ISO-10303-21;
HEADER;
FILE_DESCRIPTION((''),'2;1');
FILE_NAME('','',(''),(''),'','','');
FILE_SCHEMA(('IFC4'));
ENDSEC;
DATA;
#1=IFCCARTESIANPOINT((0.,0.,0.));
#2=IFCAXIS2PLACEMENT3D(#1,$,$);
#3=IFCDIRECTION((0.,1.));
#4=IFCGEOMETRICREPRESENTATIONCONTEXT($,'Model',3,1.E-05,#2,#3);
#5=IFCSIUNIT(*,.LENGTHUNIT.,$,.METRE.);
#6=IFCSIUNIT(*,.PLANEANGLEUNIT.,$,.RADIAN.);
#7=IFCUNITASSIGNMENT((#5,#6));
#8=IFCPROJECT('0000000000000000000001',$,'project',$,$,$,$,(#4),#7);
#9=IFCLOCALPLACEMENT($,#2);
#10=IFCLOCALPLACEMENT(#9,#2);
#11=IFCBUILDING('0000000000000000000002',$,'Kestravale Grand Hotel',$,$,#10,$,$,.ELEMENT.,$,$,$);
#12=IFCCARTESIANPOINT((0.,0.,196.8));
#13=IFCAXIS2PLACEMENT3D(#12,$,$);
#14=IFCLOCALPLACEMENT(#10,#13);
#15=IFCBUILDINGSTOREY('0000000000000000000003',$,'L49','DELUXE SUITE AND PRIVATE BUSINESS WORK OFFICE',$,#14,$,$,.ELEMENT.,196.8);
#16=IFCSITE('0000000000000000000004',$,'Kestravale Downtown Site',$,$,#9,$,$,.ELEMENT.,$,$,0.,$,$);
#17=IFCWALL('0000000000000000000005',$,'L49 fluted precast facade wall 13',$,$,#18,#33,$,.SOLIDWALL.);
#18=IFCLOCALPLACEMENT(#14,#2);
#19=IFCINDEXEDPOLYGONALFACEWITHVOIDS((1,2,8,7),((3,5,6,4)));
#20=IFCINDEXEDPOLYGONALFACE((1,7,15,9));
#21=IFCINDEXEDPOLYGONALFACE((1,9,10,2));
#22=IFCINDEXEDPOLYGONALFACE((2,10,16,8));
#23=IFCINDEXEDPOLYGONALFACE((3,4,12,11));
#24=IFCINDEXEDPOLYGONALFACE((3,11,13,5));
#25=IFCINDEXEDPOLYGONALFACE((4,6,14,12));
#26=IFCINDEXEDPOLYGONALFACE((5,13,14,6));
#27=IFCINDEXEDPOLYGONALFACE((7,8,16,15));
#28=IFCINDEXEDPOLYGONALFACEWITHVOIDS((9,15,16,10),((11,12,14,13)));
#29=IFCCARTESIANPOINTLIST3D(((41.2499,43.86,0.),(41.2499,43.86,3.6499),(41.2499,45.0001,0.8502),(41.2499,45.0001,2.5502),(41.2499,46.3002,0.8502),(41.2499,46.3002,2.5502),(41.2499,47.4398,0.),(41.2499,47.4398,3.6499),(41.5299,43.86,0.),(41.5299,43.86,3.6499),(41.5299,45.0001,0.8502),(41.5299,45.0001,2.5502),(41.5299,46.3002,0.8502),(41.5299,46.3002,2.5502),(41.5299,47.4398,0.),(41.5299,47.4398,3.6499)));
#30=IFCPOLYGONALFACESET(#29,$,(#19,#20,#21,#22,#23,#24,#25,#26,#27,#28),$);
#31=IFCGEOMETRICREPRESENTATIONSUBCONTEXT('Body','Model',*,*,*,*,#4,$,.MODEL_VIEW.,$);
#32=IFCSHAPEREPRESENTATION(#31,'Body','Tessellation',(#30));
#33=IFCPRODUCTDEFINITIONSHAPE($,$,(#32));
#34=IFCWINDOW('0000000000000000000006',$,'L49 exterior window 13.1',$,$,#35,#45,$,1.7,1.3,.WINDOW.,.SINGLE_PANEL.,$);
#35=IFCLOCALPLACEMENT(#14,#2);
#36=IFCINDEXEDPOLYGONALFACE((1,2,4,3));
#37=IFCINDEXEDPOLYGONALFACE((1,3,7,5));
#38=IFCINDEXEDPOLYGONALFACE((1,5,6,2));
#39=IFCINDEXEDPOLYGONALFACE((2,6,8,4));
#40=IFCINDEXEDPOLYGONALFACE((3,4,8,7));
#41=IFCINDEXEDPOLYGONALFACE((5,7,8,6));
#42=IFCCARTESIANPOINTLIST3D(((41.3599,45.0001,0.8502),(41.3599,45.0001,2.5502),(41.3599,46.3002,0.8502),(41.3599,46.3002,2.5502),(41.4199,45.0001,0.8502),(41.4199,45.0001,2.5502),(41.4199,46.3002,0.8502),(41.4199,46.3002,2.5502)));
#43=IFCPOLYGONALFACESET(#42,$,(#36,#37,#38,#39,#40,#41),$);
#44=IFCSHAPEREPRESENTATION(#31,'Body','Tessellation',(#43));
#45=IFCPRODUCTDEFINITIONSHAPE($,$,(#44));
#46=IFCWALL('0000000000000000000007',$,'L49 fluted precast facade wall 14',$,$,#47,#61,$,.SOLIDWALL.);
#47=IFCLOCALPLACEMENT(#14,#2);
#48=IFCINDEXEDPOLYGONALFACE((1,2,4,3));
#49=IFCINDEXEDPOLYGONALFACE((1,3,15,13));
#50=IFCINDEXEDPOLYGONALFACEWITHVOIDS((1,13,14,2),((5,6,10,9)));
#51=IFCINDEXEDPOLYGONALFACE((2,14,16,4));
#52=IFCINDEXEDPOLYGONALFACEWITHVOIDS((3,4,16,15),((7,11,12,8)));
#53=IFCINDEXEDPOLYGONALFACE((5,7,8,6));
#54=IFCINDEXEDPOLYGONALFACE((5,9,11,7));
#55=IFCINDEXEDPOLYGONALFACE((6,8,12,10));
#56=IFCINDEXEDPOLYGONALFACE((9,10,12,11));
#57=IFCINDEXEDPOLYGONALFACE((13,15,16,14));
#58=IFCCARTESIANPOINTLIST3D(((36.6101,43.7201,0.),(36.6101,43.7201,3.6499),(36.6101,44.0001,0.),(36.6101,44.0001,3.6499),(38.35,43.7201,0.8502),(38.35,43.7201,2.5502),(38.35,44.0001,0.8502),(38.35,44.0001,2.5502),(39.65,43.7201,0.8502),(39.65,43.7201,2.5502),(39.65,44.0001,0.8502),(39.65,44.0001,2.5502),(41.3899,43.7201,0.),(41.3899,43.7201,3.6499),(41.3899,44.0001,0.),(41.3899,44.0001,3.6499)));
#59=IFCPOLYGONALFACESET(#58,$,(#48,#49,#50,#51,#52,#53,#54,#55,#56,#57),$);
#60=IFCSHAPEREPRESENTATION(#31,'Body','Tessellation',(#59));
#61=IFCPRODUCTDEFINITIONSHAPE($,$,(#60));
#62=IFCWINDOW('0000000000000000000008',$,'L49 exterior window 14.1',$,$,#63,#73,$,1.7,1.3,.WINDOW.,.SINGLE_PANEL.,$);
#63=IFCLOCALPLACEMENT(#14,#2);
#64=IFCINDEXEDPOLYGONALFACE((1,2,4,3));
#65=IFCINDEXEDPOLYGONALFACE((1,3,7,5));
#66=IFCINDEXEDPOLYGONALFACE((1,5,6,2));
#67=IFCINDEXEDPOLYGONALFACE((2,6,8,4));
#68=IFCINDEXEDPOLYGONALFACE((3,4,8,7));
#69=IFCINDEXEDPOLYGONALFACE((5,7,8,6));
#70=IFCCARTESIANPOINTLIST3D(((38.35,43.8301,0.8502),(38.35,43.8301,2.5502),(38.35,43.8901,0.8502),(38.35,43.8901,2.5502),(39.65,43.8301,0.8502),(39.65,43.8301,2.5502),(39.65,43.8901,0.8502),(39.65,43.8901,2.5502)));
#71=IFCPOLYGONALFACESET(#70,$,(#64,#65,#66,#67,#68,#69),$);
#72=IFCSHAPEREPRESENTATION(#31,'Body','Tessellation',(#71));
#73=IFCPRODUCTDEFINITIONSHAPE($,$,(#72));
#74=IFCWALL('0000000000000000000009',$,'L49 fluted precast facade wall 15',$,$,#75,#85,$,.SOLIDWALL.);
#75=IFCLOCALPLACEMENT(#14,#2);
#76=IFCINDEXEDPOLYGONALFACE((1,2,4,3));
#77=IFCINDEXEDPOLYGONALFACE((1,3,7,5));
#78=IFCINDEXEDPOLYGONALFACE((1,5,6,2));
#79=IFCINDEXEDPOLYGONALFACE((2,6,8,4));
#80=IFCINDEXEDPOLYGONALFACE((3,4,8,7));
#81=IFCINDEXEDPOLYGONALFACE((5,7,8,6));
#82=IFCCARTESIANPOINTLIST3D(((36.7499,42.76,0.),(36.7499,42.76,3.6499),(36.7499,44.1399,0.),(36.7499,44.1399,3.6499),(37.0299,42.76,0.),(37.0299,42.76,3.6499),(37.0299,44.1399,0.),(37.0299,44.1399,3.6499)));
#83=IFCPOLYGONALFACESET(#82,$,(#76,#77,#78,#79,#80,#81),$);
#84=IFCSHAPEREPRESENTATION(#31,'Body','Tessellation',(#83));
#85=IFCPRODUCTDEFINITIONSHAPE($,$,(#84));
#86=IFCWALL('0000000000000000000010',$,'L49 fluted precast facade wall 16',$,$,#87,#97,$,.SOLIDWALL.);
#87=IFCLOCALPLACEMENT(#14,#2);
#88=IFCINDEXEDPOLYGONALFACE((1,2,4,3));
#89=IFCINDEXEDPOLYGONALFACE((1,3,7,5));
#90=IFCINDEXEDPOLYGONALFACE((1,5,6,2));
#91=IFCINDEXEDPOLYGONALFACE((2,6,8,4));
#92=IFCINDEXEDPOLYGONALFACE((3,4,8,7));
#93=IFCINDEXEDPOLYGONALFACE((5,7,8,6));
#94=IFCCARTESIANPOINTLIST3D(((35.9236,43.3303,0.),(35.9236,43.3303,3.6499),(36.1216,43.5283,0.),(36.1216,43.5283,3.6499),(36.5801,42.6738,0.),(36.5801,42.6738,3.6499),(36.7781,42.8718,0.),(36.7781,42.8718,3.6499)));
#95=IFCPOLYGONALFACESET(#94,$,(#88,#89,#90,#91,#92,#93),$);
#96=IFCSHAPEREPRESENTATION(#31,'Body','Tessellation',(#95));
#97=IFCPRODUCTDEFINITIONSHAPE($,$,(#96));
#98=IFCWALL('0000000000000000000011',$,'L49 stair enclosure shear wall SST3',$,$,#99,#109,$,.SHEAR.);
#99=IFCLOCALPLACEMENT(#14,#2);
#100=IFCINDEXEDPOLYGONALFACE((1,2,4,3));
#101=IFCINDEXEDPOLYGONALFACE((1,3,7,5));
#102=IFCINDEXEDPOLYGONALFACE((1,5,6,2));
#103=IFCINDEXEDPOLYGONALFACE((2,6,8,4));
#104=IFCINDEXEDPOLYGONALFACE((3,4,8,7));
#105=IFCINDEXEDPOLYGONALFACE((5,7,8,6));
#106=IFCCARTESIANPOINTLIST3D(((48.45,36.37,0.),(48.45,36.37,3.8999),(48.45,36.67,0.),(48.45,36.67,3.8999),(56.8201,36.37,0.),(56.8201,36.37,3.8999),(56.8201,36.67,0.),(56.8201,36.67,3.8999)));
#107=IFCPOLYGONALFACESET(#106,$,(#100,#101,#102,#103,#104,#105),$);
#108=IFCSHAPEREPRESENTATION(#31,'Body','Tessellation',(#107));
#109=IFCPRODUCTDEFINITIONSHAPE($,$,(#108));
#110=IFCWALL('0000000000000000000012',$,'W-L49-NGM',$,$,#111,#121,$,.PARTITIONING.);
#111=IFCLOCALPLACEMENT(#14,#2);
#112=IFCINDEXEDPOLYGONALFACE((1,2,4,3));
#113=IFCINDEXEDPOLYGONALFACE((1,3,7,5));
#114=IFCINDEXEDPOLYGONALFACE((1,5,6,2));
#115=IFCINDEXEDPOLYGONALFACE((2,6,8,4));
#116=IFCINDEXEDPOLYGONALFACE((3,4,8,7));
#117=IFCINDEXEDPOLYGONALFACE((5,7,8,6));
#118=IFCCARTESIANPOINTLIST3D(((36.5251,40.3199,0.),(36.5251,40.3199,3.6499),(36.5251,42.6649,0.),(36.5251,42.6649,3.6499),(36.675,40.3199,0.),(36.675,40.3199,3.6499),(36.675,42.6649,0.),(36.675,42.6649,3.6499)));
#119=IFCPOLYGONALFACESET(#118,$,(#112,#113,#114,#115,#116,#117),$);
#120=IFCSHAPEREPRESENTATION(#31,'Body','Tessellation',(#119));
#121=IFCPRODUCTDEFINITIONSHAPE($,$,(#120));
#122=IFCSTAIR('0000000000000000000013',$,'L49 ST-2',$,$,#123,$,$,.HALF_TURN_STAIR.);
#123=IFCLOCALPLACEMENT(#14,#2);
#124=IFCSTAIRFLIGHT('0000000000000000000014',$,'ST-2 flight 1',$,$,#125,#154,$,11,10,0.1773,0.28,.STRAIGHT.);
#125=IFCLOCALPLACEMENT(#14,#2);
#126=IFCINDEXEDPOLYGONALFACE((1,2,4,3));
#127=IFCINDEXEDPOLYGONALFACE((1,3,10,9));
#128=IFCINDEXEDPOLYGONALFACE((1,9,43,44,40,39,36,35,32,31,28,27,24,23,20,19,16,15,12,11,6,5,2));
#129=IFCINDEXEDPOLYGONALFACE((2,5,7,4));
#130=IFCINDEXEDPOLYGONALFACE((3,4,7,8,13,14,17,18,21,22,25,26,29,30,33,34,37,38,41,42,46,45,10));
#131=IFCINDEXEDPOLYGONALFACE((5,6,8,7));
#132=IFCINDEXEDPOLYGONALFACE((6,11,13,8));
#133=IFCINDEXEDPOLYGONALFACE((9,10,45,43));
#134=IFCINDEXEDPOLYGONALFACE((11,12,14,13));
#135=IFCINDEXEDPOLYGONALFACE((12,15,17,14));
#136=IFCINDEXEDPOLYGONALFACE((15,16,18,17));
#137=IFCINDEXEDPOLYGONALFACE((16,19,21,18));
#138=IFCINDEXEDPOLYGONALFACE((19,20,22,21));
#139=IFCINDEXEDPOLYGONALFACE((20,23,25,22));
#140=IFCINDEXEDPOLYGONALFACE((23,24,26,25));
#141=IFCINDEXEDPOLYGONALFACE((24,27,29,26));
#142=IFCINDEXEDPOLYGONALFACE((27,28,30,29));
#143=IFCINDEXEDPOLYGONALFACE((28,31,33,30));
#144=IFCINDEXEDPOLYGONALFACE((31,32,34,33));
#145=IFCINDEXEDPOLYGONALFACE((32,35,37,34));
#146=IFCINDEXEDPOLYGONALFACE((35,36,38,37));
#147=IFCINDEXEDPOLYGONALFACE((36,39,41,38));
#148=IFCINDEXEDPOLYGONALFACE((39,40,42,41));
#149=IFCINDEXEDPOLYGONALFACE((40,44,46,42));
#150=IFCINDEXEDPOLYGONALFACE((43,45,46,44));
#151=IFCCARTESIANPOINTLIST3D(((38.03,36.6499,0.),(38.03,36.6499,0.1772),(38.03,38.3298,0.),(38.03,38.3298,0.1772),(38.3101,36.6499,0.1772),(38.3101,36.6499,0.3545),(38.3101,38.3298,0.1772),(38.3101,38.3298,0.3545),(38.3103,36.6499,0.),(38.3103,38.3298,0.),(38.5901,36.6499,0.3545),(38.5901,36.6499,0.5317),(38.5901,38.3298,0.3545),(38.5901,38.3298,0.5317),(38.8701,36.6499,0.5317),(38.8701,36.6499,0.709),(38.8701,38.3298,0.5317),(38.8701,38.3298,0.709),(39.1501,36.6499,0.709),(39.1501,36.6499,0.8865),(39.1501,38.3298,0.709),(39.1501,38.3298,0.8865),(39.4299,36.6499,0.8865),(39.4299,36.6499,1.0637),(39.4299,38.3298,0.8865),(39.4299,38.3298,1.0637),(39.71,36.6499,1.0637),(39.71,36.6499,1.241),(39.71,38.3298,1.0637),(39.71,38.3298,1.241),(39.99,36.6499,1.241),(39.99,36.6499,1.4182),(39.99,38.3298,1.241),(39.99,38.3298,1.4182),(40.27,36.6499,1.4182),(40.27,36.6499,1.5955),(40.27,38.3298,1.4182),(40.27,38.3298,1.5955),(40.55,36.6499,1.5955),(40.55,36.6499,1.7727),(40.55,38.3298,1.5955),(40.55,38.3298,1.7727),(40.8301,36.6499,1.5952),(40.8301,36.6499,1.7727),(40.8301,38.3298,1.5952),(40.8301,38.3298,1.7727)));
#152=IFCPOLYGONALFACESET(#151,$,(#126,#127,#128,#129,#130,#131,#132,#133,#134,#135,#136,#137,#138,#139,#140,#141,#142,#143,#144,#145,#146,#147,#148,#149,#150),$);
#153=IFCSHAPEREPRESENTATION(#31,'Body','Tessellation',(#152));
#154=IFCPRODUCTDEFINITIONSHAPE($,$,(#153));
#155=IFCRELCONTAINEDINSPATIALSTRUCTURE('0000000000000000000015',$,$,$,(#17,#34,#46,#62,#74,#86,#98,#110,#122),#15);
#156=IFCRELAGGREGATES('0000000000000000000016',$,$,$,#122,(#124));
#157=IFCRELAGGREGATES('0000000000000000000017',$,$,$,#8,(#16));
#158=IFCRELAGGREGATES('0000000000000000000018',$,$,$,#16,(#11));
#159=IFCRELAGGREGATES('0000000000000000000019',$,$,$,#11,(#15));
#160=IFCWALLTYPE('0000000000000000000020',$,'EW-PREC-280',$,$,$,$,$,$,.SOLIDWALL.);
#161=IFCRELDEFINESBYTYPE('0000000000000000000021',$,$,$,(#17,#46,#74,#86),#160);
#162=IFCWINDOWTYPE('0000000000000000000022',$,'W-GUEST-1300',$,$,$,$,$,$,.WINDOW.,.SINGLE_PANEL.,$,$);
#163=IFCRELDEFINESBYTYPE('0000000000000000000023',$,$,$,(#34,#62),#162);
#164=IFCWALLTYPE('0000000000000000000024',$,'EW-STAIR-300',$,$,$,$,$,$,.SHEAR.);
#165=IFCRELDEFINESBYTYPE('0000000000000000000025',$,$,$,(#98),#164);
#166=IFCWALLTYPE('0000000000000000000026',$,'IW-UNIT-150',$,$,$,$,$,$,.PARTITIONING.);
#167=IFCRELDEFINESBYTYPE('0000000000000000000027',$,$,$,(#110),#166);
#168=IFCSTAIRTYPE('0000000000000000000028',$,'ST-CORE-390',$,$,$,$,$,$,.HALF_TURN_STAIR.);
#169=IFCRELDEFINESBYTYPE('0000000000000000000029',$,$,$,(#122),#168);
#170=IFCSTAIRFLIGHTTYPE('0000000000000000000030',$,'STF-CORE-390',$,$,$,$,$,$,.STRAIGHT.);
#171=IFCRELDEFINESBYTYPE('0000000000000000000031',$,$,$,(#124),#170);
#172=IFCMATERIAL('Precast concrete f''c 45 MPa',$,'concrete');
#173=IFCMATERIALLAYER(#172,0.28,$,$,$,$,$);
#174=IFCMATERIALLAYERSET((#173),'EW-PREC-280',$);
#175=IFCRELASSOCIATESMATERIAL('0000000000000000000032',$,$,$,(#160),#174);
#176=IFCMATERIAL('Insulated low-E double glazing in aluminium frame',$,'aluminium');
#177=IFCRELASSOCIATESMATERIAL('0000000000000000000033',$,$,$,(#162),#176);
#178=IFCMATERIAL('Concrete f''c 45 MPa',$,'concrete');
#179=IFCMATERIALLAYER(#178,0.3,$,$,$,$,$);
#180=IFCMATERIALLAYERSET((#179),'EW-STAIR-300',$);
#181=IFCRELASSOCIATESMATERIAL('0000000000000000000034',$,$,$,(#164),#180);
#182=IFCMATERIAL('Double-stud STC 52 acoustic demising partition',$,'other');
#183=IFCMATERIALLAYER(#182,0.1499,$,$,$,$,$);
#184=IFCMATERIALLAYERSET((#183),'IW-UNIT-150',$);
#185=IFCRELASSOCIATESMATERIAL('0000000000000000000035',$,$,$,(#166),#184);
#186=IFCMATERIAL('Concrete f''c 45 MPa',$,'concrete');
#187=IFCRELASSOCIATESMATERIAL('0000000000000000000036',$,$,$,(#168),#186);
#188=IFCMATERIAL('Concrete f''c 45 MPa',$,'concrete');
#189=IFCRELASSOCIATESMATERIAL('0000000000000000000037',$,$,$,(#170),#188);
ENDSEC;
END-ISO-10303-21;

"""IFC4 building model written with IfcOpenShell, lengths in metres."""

from ifc_helpers import new_model, si_unit, direction, frame, frame_2d, origin, place, context, subcontext, project, spatial, polyline, rectangle, outline, extrude, material, layer, layer_set, type_object, element, fill, aggregate, save


model = new_model("IFC4")

# Units and contexts
model_context = context("Model", 3, precision=1e-05, world=origin(), true_north=direction((0.0, 1.0)))
body_context = subcontext(model_context, "Body", "Model", "MODEL_VIEW")
ifc_project = project(units=[si_unit("LENGTHUNIT", "METRE"), si_unit("PLANEANGLEUNIT", "RADIAN")], contexts=[model_context])

# Site, building, storey
site_placement = place(None, origin())
site = spatial("IfcSite", under=ifc_project, at=site_placement, Name="Kestravale Downtown Site", CompositionType="ELEMENT", RefElevation=0.0)
building_placement = place(site_placement, origin())
building = spatial("IfcBuilding", under=site, at=building_placement, Name="Kestravale Grand Hotel", CompositionType="ELEMENT")
storey_placement = place(building_placement, frame((0.0, 0.0, 196.8)))
storey = spatial("IfcBuildingStorey", under=building, at=storey_placement, Name="L49", Description="DELUXE SUITE AND PRIVATE BUSINESS WORK OFFICE", CompositionType="ELEMENT", Elevation=196.8)

# Shared definitions
ifc_material_1 = material(Name="Precast concrete f'c 45 MPa", Category="concrete")
ifc_layer_1 = layer(ifc_material_1, 0.28)
ifc_layer_set_1 = layer_set([ifc_layer_1], Name="EW-PREC-280")
wall_type_1 = type_object("IfcWallType", Name="EW-PREC-280", PredefinedType="SOLIDWALL", material=ifc_layer_set_1)

# Walls, openings, windows
wall_1_placement = place(storey_placement, frame((41.3899, 47.4399, 0.0), z_axis=(0.0, 0.0, 1.0), x_axis=(0.0, -1.0, 0.0)))
wall_1 = element("IfcWall", 1, at=wall_1_placement, inside=storey, type_object=wall_type_1, Name="L49 fluted precast facade wall 13", PredefinedType="SOLIDWALL", context=body_context, shape_type="SweptSolid", body=[
    extrude(rectangle(XDim=3.5798, YDim=0.28, at=frame_2d((1.79, 0.0))), origin(), (0.0, 0.0, 1.0), 3.6499),
])
opening_1_placement = place(wall_1_placement, frame((1.1399, 0.0, 0.8501)))
opening_1 = element("IfcOpeningElement", 2, at=opening_1_placement, cuts=wall_1, PredefinedType="OPENING", context=body_context, shape_type="SweptSolid", body=[
    extrude(rectangle(XDim=1.3, YDim=1.7, at=frame_2d((0.6499, 0.8501))), frame((0.0, 0.1499, 0.0), z_axis=(0.0, -1.0, 0.0), x_axis=(1.0, 0.0, 0.0)), (0.0, 0.0, 1.0), 0.3),
])
ifc_material_2 = material(Name="Insulated low-E double glazing in aluminium frame", Category="aluminium")
window_type = type_object("IfcWindowType", Name="W-GUEST-1300", PartitioningType="SINGLE_PANEL", PredefinedType="WINDOW", material=ifc_material_2)
window_1_placement = place(opening_1_placement, origin())
window_1 = element("IfcWindow", 3, at=window_1_placement, inside=storey, type_object=window_type, Name="L49 exterior window 13.1", OverallHeight=1.7, OverallWidth=1.3, PartitioningType="SINGLE_PANEL", PredefinedType="WINDOW", context=body_context, shape_type="SweptSolid", body=[
    extrude(rectangle(XDim=1.3, YDim=1.7, at=frame_2d((0.6499, 0.8501))), frame((0.0, 0.03, 0.0), z_axis=(0.0, -1.0, 0.0), x_axis=(1.0, 0.0, 0.0)), (0.0, 0.0, 1.0), 0.0601),
])
fill(opening_1, window_1)
wall_2_placement = place(storey_placement, frame((41.3899, 43.8601, 0.0), z_axis=(0.0, 0.0, 1.0), x_axis=(-1.0, 0.0, 0.0)))
wall_2 = element("IfcWall", 4, at=wall_2_placement, inside=storey, type_object=wall_type_1, Name="L49 fluted precast facade wall 14", PredefinedType="SOLIDWALL", context=body_context, shape_type="SweptSolid", body=[
    extrude(rectangle(XDim=4.7798, YDim=0.28, at=frame_2d((2.3899, 0.0))), origin(), (0.0, 0.0, 1.0), 3.6499),
])
opening_2_placement = place(wall_2_placement, frame((1.74, 0.0, 0.8501)))
opening_2 = element("IfcOpeningElement", 5, at=opening_2_placement, cuts=wall_2, PredefinedType="OPENING", context=body_context, shape_type="SweptSolid", body=[
    extrude(rectangle(XDim=1.3, YDim=1.7, at=frame_2d((0.6499, 0.8501))), frame((0.0, 0.1499, 0.0), z_axis=(0.0, -1.0, 0.0), x_axis=(1.0, 0.0, 0.0)), (0.0, 0.0, 1.0), 0.3),
])
window_2_placement = place(opening_2_placement, origin())
window_2 = element("IfcWindow", 6, at=window_2_placement, inside=storey, type_object=window_type, Name="L49 exterior window 14.1", OverallHeight=1.7, OverallWidth=1.3, PartitioningType="SINGLE_PANEL", PredefinedType="WINDOW", context=body_context, shape_type="SweptSolid", body=[
    extrude(rectangle(XDim=1.3, YDim=1.7, at=frame_2d((0.6499, 0.8501))), frame((0.0, 0.03, 0.0), z_axis=(0.0, -1.0, 0.0), x_axis=(1.0, 0.0, 0.0)), (0.0, 0.0, 1.0), 0.0601),
])
fill(opening_2, window_2)

# Walls
wall_3_placement = place(storey_placement, frame((36.8899, 44.1399, 0.0), z_axis=(0.0, 0.0, 1.0), x_axis=(0.0, -1.0, 0.0)))
element("IfcWall", 7, at=wall_3_placement, inside=storey, type_object=wall_type_1, Name="L49 fluted precast facade wall 15", PredefinedType="SOLIDWALL", context=body_context, shape_type="SweptSolid", body=[
    extrude(rectangle(XDim=1.3799, YDim=0.28, at=frame_2d((0.6899, 0.0))), origin(), (0.0, 0.0, 1.0), 3.6499),
])
wall_4_placement = place(storey_placement, frame((36.6792, 42.7727, 0.0), z_axis=(0.0, 0.0, 1.0), x_axis=(-0.707107, 0.707107, 0.0)))
element("IfcWall", 8, at=wall_4_placement, inside=storey, type_object=wall_type_1, Name="L49 fluted precast facade wall 16", PredefinedType="SOLIDWALL", context=body_context, shape_type="SweptSolid", body=[
    extrude(rectangle(XDim=0.9285, YDim=0.28, at=frame_2d((0.4644, 0.0))), origin(), (0.0, 0.0, 1.0), 3.6499),
])
ifc_material_3 = material(Name="Concrete f'c 45 MPa", Category="concrete")
ifc_layer_2 = layer(ifc_material_3, 0.3)
ifc_layer_set_2 = layer_set([ifc_layer_2], Name="EW-STAIR-300")
wall_type_2 = type_object("IfcWallType", Name="EW-STAIR-300", PredefinedType="SHEAR", material=ifc_layer_set_2)
wall_5_placement = place(storey_placement, frame((48.45, 36.52, 0.0), z_axis=(0.0, 0.0, 1.0), x_axis=(1.0, 0.0, 0.0)))
element("IfcWall", 9, at=wall_5_placement, inside=storey, type_object=wall_type_2, Name="L49 stair enclosure shear wall SST3", PredefinedType="SHEAR", context=body_context, shape_type="SweptSolid", body=[
    extrude(rectangle(XDim=8.3701, YDim=0.3, at=frame_2d((4.1851, 0.0))), origin(), (0.0, 0.0, 1.0), 3.8999),
])
ifc_material_4 = material(Name="Double-stud STC 52 acoustic demising partition", Category="other")
ifc_layer_3 = layer(ifc_material_4, 0.1499)
ifc_layer_set_3 = layer_set([ifc_layer_3], Name="IW-UNIT-150")
wall_type_3 = type_object("IfcWallType", Name="IW-UNIT-150", PredefinedType="PARTITIONING", material=ifc_layer_set_3)
wall_6_placement = place(storey_placement, frame((36.6001, 40.3201, 0.0), z_axis=(0.0, 0.0, 1.0), x_axis=(0.0, 1.0, 0.0)))
element("IfcWall", 10, at=wall_6_placement, inside=storey, type_object=wall_type_3, Name="W-L49-NGM", PredefinedType="PARTITIONING", context=body_context, shape_type="SweptSolid", body=[
    extrude(rectangle(XDim=2.345, YDim=0.1499, at=frame_2d((1.1724, 0.0))), origin(), (0.0, 0.0, 1.0), 3.6499),
])

# Stair, stair flight
ifc_material_5 = material(Name="Concrete f'c 45 MPa", Category="concrete")
stair_type = type_object("IfcStairType", Name="ST-CORE-390", PredefinedType="HALF_TURN_STAIR", material=ifc_material_5)
stair_placement = place(storey_placement, origin())
stair = element("IfcStair", 11, at=stair_placement, inside=storey, type_object=stair_type, Name="L49 ST-2", PredefinedType="HALF_TURN_STAIR")
ifc_material_6 = material(Name="Concrete f'c 45 MPa", Category="concrete")
stair_flight_type = type_object("IfcStairFlightType", Name="STF-CORE-390", PredefinedType="STRAIGHT", material=ifc_material_6)
stair_flight_1_placement = place(storey_placement, frame((38.03, 37.49, 0.0), z_axis=(0.0, 0.0, 1.0), x_axis=(1.0, 0.0, 0.0)))
stair_flight_1 = element("IfcStairFlight", 12, at=stair_flight_1_placement, type_object=stair_flight_type, Name="ST-2 flight 1", NumberOfRisers=11, NumberOfTreads=10, PredefinedType="STRAIGHT", RiserHeight=0.1773, TreadLength=0.28, context=body_context, shape_type="SweptSolid", body=[
    extrude(outline(polyline([(0.0, 0.0), (0.0, 0.1772), (0.28, 0.1772), (0.28, 0.3545), (0.5601, 0.3545), (0.5601, 0.5317), (0.8401, 0.5317), (0.8401, 0.709), (1.1201, 0.709), (1.1201, 0.8865), (1.3999, 0.8865), (1.3999, 1.0637), (1.6799, 1.0637), (1.6799, 1.241), (1.96, 1.241), (1.96, 1.4182), (2.24, 1.4182), (2.24, 1.5955), (2.52, 1.5955), (2.52, 1.7727), (2.8, 1.7727), (2.8, 1.95), (2.8, 1.5952), (0.2803, 0.0), (0.0, 0.0)])), frame((0.0, 0.8398, 0.0), z_axis=(0.0, -1.0, 0.0), x_axis=(1.0, 0.0, 0.0)), (0.0, 0.0, 1.0), 1.6799),
])
aggregate(stair, [stair_flight_1])

save(model, "model.ifc")
